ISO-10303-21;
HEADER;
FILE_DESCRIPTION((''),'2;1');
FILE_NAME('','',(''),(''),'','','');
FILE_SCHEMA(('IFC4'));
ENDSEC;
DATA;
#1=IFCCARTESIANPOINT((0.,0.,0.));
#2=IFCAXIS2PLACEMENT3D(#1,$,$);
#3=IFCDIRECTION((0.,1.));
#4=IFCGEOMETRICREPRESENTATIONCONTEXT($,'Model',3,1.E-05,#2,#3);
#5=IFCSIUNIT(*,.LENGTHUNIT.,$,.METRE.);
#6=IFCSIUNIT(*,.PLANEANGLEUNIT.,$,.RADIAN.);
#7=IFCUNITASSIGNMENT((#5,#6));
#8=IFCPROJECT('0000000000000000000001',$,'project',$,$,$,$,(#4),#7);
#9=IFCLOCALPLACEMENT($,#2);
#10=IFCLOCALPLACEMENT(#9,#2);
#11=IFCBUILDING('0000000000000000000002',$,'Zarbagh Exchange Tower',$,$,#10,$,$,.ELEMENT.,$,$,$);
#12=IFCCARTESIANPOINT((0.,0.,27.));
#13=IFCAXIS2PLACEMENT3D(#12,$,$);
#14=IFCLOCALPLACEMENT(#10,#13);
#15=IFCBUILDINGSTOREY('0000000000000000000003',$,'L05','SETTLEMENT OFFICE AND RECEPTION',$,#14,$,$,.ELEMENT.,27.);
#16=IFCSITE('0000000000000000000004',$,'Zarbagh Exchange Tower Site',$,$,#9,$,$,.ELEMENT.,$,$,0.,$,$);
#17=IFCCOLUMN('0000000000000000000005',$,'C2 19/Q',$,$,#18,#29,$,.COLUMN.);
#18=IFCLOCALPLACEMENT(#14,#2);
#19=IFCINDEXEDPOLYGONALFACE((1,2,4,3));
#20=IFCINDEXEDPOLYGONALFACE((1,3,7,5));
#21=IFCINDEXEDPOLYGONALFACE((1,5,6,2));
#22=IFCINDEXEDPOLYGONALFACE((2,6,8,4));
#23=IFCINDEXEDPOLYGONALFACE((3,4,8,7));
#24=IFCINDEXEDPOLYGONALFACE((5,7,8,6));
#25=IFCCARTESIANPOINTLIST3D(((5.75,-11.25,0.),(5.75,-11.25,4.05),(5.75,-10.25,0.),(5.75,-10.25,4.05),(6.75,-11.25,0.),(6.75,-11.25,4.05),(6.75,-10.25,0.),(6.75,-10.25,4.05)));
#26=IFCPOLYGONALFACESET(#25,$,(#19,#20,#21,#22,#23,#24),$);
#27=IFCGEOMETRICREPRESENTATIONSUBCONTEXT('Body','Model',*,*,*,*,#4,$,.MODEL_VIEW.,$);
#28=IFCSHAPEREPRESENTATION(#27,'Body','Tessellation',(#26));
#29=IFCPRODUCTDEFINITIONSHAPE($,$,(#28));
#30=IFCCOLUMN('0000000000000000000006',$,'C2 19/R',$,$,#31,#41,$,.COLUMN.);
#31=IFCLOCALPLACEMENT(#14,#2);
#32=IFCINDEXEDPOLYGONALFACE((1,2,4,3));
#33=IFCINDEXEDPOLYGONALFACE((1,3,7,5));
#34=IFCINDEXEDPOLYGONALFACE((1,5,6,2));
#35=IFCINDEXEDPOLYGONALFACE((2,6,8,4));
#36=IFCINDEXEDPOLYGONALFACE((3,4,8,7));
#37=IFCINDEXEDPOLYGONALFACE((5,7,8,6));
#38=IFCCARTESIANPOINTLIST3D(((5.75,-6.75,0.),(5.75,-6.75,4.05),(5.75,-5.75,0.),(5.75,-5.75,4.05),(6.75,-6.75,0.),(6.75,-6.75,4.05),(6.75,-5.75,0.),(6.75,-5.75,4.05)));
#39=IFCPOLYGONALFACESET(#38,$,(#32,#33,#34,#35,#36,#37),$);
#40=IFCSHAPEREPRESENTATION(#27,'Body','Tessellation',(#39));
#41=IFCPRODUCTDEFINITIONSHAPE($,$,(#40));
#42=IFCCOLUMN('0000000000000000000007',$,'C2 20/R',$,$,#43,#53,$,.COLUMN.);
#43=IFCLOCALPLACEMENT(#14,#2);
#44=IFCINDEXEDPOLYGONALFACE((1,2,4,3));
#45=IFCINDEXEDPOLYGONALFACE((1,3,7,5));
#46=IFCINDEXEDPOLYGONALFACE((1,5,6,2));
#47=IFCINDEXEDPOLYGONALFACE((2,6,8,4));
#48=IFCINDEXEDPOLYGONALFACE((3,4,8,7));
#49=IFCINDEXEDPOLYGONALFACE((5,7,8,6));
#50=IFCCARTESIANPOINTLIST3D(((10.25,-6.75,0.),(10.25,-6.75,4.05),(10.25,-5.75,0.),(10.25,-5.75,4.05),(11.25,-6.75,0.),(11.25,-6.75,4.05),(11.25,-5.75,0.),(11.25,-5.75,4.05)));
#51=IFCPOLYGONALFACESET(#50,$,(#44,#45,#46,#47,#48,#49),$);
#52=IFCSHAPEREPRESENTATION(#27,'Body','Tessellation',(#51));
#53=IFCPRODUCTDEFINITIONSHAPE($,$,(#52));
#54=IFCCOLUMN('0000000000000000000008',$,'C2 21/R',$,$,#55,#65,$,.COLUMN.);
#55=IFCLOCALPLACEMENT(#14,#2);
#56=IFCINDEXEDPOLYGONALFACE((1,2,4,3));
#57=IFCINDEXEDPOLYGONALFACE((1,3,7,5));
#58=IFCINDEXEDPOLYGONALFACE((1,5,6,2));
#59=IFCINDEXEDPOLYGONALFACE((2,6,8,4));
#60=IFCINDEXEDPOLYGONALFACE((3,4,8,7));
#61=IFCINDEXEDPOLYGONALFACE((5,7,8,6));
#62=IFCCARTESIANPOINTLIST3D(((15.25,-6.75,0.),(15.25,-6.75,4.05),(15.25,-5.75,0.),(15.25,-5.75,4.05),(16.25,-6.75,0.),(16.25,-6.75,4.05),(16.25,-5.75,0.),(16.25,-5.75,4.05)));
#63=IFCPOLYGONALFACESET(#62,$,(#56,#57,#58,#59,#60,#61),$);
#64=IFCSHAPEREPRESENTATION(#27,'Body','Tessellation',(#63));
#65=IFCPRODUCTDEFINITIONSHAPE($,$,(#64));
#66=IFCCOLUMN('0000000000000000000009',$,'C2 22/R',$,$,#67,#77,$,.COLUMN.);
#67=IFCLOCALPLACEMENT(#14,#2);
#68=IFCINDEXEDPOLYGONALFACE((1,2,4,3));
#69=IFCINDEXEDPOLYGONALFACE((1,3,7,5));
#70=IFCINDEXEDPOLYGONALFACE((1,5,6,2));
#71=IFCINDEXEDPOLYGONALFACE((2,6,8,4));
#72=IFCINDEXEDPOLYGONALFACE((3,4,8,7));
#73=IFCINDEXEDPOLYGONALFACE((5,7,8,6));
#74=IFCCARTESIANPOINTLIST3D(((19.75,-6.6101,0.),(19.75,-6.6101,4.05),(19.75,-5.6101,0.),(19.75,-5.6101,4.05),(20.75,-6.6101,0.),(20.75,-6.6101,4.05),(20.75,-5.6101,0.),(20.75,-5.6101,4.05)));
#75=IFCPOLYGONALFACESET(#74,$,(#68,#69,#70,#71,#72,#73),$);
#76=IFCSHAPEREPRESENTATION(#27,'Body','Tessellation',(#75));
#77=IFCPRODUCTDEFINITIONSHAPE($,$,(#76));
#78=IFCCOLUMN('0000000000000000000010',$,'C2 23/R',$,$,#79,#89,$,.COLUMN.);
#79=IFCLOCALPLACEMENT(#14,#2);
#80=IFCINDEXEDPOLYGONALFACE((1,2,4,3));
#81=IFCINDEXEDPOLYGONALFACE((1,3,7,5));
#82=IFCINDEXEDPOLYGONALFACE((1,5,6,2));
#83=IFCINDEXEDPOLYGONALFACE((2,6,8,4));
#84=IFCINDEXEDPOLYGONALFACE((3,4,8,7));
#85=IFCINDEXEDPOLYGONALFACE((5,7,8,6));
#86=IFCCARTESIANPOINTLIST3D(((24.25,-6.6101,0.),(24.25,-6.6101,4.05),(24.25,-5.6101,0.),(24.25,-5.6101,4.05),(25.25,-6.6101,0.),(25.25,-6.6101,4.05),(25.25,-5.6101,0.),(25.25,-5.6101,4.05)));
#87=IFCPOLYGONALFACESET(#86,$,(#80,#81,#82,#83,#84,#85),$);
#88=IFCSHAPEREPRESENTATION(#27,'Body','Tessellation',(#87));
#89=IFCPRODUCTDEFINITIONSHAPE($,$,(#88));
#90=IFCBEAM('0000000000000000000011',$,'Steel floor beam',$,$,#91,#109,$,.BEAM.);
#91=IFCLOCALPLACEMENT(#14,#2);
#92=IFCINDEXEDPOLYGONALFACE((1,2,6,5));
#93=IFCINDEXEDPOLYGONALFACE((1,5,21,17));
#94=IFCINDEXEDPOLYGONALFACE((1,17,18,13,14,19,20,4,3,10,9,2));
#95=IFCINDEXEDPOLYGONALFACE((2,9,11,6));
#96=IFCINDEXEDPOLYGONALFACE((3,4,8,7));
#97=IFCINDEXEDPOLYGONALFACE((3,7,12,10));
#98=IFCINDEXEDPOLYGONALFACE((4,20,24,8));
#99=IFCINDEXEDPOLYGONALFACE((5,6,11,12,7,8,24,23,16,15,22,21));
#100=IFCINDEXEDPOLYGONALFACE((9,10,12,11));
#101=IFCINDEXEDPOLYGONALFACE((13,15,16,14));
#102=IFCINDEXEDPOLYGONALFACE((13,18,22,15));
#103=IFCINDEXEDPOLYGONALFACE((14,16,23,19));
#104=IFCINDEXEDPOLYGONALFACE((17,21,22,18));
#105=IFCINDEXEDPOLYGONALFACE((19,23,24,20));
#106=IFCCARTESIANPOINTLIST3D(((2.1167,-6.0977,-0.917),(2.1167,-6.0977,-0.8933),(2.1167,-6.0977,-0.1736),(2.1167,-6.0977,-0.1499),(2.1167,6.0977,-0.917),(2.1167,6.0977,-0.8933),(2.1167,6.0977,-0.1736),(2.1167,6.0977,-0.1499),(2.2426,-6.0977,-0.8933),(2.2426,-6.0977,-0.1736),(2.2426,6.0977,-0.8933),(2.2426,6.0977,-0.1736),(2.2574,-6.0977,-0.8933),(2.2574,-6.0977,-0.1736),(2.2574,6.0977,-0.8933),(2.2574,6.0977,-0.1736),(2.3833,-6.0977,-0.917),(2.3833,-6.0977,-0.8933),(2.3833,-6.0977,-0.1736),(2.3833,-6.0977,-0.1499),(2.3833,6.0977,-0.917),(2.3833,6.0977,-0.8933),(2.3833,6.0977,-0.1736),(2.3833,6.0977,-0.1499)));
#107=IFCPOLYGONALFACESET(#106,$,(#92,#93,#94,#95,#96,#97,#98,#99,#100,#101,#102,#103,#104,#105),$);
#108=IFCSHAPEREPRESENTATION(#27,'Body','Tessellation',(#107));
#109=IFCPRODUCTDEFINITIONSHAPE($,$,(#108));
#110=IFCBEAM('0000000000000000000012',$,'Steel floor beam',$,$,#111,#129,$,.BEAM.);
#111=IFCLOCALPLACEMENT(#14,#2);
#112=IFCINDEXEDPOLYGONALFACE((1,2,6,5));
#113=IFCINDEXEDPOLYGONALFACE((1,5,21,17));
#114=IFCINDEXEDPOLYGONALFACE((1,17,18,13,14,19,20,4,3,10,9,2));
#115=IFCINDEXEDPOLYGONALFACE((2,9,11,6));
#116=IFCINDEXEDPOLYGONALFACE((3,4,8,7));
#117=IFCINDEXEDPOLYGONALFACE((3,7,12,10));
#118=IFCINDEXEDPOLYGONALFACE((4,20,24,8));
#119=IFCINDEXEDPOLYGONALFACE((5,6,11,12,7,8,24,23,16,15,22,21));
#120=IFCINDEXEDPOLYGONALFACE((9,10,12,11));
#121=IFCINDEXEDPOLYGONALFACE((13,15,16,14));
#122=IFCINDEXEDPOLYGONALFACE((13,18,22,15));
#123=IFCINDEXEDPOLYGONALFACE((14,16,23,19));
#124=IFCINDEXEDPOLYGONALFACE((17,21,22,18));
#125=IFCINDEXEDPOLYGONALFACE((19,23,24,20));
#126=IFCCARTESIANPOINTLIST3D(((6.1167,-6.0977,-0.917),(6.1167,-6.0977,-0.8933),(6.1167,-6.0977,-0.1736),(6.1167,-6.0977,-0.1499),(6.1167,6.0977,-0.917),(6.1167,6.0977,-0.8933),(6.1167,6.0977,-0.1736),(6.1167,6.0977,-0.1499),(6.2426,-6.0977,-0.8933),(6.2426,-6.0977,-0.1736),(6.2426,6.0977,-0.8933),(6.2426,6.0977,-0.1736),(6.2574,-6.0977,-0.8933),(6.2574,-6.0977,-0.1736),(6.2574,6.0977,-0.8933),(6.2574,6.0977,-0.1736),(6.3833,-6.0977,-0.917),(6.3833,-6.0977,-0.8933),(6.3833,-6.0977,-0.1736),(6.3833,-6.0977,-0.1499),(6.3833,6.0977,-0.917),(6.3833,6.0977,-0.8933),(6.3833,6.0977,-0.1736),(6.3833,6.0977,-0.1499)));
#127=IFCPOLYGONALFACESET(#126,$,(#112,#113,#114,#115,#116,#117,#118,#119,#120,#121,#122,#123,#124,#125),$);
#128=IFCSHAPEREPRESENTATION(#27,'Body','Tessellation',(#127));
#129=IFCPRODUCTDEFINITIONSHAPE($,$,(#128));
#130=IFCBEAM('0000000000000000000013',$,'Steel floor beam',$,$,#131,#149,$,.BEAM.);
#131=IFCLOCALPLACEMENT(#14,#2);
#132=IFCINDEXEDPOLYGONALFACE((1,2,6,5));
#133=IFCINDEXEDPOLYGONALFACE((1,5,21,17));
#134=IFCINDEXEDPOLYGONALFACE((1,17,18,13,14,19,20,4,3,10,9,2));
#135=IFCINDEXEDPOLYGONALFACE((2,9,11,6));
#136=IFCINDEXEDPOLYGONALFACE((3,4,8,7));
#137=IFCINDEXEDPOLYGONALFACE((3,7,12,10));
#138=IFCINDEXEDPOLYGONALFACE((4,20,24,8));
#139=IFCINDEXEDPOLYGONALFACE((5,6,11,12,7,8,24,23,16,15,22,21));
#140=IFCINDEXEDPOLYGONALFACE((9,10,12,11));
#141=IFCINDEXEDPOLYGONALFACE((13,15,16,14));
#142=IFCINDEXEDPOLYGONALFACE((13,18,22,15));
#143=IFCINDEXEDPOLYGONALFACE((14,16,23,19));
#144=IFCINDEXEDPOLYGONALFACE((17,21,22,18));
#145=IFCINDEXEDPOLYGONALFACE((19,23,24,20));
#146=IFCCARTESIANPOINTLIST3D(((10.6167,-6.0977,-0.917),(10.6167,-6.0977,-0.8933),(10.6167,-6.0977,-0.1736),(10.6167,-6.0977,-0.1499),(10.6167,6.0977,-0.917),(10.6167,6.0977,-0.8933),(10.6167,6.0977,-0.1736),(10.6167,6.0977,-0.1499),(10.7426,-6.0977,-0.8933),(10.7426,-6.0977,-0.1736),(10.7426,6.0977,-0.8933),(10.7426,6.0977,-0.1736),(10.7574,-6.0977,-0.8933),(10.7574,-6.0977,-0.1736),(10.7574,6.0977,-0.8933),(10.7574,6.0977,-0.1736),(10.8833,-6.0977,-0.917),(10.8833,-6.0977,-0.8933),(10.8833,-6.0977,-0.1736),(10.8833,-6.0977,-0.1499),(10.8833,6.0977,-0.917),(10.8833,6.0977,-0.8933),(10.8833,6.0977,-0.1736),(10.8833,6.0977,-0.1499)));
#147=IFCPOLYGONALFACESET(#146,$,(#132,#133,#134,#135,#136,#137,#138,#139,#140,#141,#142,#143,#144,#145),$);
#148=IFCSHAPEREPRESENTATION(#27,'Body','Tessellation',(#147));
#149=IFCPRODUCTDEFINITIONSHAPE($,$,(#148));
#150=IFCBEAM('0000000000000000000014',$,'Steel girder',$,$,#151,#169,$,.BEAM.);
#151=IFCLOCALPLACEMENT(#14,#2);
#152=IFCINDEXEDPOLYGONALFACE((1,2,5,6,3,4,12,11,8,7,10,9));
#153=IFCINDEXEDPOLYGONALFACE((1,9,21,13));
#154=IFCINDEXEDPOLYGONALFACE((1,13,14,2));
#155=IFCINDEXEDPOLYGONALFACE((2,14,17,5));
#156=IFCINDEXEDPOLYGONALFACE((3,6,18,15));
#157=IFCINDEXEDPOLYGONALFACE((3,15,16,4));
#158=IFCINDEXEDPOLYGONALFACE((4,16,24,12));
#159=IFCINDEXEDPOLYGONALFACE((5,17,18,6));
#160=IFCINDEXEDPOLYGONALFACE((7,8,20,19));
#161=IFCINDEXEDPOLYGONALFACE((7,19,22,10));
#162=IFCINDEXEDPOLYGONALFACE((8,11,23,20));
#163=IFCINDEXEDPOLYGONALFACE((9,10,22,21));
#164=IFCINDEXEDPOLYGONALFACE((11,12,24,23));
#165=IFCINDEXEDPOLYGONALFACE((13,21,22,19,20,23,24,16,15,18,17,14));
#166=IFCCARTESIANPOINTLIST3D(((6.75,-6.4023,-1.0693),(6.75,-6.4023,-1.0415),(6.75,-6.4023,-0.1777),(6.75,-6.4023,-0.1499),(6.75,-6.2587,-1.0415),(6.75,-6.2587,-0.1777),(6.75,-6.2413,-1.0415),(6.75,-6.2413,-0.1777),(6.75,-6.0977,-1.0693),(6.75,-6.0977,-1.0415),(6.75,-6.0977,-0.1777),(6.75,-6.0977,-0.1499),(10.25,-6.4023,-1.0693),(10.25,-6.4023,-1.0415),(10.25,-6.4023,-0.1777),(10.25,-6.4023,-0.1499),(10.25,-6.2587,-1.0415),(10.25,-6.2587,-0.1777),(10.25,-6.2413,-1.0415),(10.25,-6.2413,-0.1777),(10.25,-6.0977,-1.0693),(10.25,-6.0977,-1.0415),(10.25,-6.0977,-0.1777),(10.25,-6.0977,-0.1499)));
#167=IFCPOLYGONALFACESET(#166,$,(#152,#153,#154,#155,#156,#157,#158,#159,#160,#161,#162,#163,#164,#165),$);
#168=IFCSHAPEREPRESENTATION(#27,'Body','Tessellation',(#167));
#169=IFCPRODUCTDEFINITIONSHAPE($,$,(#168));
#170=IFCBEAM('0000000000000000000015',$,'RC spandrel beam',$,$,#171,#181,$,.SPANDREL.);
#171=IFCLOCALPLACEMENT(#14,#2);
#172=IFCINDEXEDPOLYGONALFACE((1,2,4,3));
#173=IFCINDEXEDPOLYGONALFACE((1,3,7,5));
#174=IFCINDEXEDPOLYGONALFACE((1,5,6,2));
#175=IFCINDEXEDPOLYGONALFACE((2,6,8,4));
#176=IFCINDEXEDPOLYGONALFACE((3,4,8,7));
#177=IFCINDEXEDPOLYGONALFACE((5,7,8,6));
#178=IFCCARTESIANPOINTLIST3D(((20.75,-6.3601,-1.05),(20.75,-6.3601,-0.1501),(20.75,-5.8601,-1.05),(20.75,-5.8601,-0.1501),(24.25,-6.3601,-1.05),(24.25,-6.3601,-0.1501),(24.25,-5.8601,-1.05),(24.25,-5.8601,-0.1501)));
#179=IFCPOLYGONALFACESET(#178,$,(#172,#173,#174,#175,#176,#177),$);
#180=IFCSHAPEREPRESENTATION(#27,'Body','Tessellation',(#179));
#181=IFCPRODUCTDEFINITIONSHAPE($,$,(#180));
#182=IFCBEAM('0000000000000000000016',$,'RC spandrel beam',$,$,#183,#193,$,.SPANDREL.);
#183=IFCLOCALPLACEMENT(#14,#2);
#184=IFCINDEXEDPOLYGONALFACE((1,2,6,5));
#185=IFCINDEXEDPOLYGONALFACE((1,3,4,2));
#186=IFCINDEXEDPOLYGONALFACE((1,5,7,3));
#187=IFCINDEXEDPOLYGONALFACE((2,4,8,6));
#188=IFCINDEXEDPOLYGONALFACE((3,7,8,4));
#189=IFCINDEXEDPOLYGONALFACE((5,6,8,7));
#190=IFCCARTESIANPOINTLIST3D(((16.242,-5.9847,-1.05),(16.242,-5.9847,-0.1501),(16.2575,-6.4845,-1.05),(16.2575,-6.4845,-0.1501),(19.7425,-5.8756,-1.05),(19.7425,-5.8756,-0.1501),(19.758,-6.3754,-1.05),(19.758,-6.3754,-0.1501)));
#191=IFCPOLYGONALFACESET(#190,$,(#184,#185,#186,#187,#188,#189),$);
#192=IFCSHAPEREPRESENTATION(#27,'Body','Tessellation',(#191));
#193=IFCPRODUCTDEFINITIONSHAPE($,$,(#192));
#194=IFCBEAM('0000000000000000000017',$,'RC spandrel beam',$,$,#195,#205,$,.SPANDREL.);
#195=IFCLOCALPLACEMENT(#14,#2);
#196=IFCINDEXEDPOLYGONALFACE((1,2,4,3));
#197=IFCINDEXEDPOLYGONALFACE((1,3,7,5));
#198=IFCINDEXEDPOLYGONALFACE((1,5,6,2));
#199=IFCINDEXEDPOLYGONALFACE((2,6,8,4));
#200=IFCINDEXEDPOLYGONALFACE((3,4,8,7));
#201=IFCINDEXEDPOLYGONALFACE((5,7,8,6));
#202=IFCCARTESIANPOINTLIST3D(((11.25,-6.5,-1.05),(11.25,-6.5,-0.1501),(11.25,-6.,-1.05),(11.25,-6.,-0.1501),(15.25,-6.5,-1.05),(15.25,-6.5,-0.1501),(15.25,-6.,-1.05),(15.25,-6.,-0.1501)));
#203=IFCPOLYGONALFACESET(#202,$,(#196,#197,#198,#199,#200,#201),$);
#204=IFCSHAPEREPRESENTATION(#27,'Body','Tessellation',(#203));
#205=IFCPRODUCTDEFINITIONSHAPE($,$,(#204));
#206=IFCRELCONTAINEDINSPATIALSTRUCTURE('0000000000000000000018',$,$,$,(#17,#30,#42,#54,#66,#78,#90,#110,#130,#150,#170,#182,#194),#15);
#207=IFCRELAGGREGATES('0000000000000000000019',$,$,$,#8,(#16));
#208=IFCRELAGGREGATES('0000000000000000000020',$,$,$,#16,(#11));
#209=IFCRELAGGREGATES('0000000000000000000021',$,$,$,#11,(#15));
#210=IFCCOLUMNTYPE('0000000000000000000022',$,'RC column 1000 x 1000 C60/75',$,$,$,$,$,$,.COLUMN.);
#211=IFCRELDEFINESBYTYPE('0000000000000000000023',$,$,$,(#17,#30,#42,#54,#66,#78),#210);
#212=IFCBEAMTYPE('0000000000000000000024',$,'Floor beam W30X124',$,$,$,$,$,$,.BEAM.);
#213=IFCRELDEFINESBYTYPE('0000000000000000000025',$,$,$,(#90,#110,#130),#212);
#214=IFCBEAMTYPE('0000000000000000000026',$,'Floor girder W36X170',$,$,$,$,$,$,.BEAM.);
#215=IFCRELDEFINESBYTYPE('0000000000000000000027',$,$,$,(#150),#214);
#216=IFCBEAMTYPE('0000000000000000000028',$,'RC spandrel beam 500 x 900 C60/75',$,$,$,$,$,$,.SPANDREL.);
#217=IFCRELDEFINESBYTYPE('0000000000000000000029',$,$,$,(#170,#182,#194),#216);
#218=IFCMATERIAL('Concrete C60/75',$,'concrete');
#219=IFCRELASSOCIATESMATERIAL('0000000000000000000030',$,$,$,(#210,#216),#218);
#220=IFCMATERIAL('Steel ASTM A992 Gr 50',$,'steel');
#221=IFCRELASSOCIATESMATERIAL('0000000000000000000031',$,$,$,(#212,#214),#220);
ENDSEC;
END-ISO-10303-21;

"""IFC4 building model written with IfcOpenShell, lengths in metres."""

from ifc_helpers import new_model, si_unit, direction, frame, origin, origin_2d, place, context, subcontext, project, spatial, rectangle, i_section, extrude, material, material_profile, profile_set, type_object, element, save


model = new_model("IFC4")

# Units and contexts
model_context = context("Model", 3, precision=1e-05, world=origin(), true_north=direction((0.0, 1.0)))
body_context = subcontext(model_context, "Body", "Model", "MODEL_VIEW")
ifc_project = project(units=[si_unit("LENGTHUNIT", "METRE"), si_unit("PLANEANGLEUNIT", "RADIAN")], contexts=[model_context])

# Site, building, storey
site_placement = place(None, origin())
site = spatial("IfcSite", under=ifc_project, at=site_placement, Name="Zarbagh Exchange Tower Site", CompositionType="ELEMENT", RefElevation=0.0)
building_placement = place(site_placement, origin())
building = spatial("IfcBuilding", under=site, at=building_placement, Name="Zarbagh Exchange Tower", CompositionType="ELEMENT")
storey_placement = place(building_placement, frame((0.0, 0.0, 27.0)))
storey = spatial("IfcBuildingStorey", under=building, at=storey_placement, Name="L05", Description="SETTLEMENT OFFICE AND RECEPTION", CompositionType="ELEMENT", Elevation=27.0)

# Columns
ifc_material_1 = material(Name="Concrete C60/75", Category="concrete")
ifc_material_profile_1 = material_profile(ifc_material_1, rectangle(XDim=1.0, YDim=1.0, at=origin_2d()), Name="RC column 1000 x 1000 C60/75")
ifc_profile_set_1 = profile_set([ifc_material_profile_1], Name="Concrete C60/75")
column_type = type_object("IfcColumnType", Name="RC column 1000 x 1000 C60/75", PredefinedType="COLUMN", material=ifc_profile_set_1)
for number, where, z_axis, x_axis, name in (
    (1, (6.25, -10.75, 0.0), (0.0, 0.0, 1.0), (1.0, 0.0, 0.0), "C2 19/Q"),
    (2, (6.25, -6.25, 0.0), (0.0, 0.0, 1.0), (1.0, 0.0, 0.0), "C2 19/R"),
    (3, (10.75, -6.25, 0.0), (0.0, 0.0, 1.0), (1.0, 0.0, 0.0), "C2 20/R"),
    (4, (15.75, -6.25, 0.0), (0.0, 0.0, 1.0), (1.0, 0.0, 0.0), "C2 21/R"),
    (5, (20.25, -6.1101, 0.0), (0.0, 0.0, 1.0), (1.0, 0.0, 0.0), "C2 22/R"),
    (6, (24.75, -6.1101, 0.0), (0.0, 0.0, 1.0), (1.0, 0.0, 0.0), "C2 23/R"),
):
    element("IfcColumn", number, at=place(storey_placement, frame(where, z_axis=z_axis, x_axis=x_axis)), inside=storey, type_object=column_type, Name=name, PredefinedType="COLUMN", context=body_context, shape_type="SweptSolid", body=[
        extrude(rectangle(XDim=1.0, YDim=1.0, at=origin_2d()), origin(), (0.0, 0.0, 1.0), 4.05),
    ])

# Beams
ifc_material_2 = material(Name="Steel ASTM A992 Gr 50", Category="steel")
ifc_material_profile_2 = material_profile(ifc_material_2, i_section(OverallWidth=0.2666, OverallDepth=0.7671, WebThickness=0.0149, FlangeThickness=0.0237, at=origin_2d()), Name="W30X124")
ifc_profile_set_2 = profile_set([ifc_material_profile_2], Name="Steel ASTM A992 Gr 50")
beam_type_1 = type_object("IfcBeamType", Name="Floor beam W30X124", PredefinedType="BEAM", material=ifc_profile_set_2)
for number, where, z_axis, x_axis, name in (
    (7, (2.25, -6.0977, -0.5334), (0.0, 1.0, 0.0), (-1.0, 0.0, 0.0), "Steel floor beam"),
    (8, (6.25, -6.0977, -0.5334), (0.0, 1.0, 0.0), (-1.0, 0.0, 0.0), "Steel floor beam"),
    (9, (10.75, -6.0977, -0.5334), (0.0, 1.0, 0.0), (-1.0, 0.0, 0.0), "Steel floor beam"),
):
    element("IfcBeam", number, at=place(storey_placement, frame(where, z_axis=z_axis, x_axis=x_axis)), inside=storey, type_object=beam_type_1, Name=name, PredefinedType="BEAM", context=body_context, shape_type="SweptSolid", body=[
        extrude(i_section(OverallWidth=0.2666, OverallDepth=0.7671, WebThickness=0.0149, FlangeThickness=0.0237, at=origin_2d()), origin(), (0.0, 0.0, 1.0), 12.1953),
    ])
ifc_material_profile_3 = material_profile(ifc_material_2, i_section(OverallWidth=0.3047, OverallDepth=0.9194, WebThickness=0.0173, FlangeThickness=0.0278, at=origin_2d()), Name="W36X170")
ifc_profile_set_3 = profile_set([ifc_material_profile_3], Name="Steel ASTM A992 Gr 50")
beam_type_2 = type_object("IfcBeamType", Name="Floor girder W36X170", PredefinedType="BEAM", material=ifc_profile_set_3)
beam_1_placement = place(storey_placement, frame((6.75, -6.25, -0.6096), z_axis=(1.0, 0.0, 0.0), x_axis=(0.0, 1.0, 0.0)))
element("IfcBeam", 10, at=beam_1_placement, inside=storey, type_object=beam_type_2, Name="Steel girder", PredefinedType="BEAM", context=body_context, shape_type="SweptSolid", body=[
    extrude(i_section(OverallWidth=0.3047, OverallDepth=0.9194, WebThickness=0.0173, FlangeThickness=0.0278, at=origin_2d()), origin(), (0.0, 0.0, 1.0), 3.5),
])
ifc_material_profile_4 = material_profile(ifc_material_1, rectangle(XDim=0.5, YDim=0.8999, at=origin_2d()), Name="RC spandrel beam 500 x 900 C60/75")
ifc_profile_set_4 = profile_set([ifc_material_profile_4], Name="Concrete C60/75")
beam_type_3 = type_object("IfcBeamType", Name="RC spandrel beam 500 x 900 C60/75", PredefinedType="SPANDREL", material=ifc_profile_set_4)
beam_2_placement = place(storey_placement, frame((24.25, -6.1101, -0.6001), z_axis=(-1.0, 0.0, 0.0), x_axis=(0.0, -1.0, 0.0)))
element("IfcBeam", 11, at=beam_2_placement, inside=storey, type_object=beam_type_3, Name="RC spandrel beam", PredefinedType="SPANDREL", context=body_context, shape_type="SweptSolid", body=[
    extrude(rectangle(XDim=0.5, YDim=0.8999, at=origin_2d()), origin(), (0.0, 0.0, 1.0), 3.5),
])
beam_3_placement = place(storey_placement, frame((19.7502, -6.1255, -0.6001), z_axis=(-0.999514, -0.031161, 0.0), x_axis=(0.031161, -0.999514, 0.0)))
element("IfcBeam", 12, at=beam_3_placement, inside=storey, type_object=beam_type_3, Name="RC spandrel beam", PredefinedType="SPANDREL", context=body_context, shape_type="SweptSolid", body=[
    extrude(rectangle(XDim=0.5, YDim=0.8999, at=origin_2d()), origin(), (0.0, 0.0, 1.0), 3.5022),
])
beam_4_placement = place(storey_placement, frame((15.25, -6.25, -0.6001), z_axis=(-1.0, 0.0, 0.0), x_axis=(0.0, -1.0, 0.0)))
element("IfcBeam", 13, at=beam_4_placement, inside=storey, type_object=beam_type_3, Name="RC spandrel beam", PredefinedType="SPANDREL", context=body_context, shape_type="SweptSolid", body=[
    extrude(rectangle(XDim=0.5, YDim=0.8999, at=origin_2d()), origin(), (0.0, 0.0, 1.0), 4.0),
])

save(model, "model.ifc")
